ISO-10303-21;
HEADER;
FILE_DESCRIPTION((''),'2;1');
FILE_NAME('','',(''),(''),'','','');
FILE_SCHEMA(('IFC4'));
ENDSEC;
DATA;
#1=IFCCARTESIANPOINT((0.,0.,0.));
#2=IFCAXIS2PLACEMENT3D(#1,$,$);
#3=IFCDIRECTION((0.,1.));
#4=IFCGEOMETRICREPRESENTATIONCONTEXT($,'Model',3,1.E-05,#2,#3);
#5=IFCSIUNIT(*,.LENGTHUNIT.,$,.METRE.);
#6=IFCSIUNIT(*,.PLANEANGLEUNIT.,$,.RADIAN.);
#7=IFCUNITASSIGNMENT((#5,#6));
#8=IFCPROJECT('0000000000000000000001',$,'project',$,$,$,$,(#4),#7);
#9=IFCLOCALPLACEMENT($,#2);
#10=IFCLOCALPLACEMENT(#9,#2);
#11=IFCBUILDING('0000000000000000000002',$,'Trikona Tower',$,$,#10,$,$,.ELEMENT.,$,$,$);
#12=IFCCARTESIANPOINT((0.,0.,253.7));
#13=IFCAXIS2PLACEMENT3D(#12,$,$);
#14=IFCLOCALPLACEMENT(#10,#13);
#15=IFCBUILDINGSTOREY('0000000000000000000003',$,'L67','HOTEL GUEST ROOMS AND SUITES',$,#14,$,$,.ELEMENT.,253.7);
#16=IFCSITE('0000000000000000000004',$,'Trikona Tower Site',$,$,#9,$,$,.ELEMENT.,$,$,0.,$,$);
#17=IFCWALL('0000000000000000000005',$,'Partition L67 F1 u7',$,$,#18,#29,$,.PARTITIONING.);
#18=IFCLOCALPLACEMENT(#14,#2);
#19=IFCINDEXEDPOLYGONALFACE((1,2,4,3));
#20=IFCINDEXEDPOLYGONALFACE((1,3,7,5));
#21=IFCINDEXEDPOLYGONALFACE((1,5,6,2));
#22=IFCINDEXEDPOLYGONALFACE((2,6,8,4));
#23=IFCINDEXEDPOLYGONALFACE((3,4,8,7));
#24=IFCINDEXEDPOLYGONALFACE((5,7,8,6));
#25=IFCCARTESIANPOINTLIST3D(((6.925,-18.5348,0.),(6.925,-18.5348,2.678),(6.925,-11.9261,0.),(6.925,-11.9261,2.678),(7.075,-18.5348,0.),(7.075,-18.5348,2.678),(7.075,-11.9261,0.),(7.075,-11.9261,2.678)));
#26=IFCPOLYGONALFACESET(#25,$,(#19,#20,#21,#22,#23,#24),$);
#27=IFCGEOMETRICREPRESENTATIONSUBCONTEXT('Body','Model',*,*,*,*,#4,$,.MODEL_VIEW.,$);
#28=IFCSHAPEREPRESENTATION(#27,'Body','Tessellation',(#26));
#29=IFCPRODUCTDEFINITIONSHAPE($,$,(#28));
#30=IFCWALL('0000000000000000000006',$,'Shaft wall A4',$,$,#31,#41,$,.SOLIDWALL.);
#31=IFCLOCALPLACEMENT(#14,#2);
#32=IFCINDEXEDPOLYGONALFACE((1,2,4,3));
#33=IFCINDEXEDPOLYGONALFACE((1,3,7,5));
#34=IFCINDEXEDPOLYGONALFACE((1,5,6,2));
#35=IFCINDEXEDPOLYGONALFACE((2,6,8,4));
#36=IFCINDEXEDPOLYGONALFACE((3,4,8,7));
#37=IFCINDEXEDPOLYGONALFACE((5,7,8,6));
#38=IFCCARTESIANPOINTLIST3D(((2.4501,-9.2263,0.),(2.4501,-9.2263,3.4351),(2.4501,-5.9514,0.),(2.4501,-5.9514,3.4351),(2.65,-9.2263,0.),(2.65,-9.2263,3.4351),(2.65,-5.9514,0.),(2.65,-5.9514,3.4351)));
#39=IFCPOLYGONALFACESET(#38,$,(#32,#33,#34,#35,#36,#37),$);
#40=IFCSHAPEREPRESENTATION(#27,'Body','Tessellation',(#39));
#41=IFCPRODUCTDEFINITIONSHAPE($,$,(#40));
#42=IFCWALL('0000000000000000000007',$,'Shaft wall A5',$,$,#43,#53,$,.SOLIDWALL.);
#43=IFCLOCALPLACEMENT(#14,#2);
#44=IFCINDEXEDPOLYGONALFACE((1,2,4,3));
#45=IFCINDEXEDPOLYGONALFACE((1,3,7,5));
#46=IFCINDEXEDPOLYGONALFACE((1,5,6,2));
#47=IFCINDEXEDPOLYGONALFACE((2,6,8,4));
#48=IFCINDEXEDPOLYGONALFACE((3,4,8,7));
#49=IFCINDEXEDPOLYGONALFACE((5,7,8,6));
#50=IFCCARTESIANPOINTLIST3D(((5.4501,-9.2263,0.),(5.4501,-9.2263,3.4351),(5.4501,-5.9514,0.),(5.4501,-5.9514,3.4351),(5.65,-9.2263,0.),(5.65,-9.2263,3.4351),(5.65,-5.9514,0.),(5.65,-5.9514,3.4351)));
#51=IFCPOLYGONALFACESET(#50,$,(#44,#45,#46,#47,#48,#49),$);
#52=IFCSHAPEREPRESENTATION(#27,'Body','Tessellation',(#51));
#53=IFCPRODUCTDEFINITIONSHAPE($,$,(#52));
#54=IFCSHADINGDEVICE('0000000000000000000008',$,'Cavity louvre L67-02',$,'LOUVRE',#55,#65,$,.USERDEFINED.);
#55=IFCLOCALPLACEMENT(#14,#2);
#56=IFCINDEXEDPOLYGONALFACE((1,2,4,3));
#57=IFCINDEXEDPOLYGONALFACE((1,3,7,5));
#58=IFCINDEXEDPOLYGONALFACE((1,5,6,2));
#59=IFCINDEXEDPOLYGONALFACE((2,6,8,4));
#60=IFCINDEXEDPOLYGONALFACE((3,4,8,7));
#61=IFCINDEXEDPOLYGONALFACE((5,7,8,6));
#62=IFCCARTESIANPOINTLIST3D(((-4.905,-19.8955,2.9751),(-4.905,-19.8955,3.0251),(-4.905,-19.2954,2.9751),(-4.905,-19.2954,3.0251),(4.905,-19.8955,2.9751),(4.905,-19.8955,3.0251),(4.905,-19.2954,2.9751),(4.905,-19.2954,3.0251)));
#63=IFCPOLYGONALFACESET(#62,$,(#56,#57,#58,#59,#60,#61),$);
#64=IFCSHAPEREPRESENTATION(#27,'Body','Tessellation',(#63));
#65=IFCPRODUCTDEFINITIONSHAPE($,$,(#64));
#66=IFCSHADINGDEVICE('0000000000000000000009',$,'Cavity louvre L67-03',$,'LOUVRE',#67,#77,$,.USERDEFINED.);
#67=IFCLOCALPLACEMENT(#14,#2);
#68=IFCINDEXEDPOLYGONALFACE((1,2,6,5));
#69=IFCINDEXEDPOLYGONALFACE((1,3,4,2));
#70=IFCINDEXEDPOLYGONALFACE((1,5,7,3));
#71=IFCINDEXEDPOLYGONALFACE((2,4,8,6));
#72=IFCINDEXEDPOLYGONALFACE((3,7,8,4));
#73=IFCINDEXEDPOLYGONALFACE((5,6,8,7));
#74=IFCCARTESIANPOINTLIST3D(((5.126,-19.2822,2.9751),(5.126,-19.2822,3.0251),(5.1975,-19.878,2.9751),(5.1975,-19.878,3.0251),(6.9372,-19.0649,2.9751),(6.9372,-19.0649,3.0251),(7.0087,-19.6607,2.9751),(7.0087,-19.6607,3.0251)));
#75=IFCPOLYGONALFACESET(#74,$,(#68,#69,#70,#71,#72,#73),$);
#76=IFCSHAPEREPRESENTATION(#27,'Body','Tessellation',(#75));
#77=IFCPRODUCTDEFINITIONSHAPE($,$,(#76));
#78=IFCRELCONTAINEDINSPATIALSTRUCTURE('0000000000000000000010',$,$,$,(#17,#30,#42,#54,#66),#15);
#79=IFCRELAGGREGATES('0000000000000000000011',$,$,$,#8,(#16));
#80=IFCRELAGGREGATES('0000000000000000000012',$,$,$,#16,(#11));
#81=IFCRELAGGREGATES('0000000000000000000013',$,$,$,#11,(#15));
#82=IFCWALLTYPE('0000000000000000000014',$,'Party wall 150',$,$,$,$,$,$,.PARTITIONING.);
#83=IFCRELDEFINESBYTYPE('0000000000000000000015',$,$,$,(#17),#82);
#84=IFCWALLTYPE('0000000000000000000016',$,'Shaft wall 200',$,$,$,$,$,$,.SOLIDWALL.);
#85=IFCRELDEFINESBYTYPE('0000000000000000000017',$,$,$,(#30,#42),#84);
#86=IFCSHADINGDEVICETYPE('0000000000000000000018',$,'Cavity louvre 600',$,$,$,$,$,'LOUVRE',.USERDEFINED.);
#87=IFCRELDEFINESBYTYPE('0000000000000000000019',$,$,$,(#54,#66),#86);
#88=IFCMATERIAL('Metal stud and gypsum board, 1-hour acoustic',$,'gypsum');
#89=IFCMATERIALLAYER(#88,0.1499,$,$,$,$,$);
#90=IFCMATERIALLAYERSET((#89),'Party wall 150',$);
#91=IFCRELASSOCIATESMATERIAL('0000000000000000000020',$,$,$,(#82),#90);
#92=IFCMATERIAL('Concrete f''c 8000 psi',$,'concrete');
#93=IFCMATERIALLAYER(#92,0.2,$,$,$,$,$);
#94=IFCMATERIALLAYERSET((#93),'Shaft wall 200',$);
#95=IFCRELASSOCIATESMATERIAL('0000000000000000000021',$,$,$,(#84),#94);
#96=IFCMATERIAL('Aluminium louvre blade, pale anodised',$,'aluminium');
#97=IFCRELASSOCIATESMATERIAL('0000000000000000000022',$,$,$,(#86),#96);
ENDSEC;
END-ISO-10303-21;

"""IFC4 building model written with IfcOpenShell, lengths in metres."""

from ifc_helpers import new_model, si_unit, direction, frame, frame_2d, origin, origin_2d, place, context, subcontext, project, spatial, rectangle, extrude, material, layer, layer_set, type_object, element, save


model = new_model("IFC4")

# Units and contexts
model_context = context("Model", 3, precision=1e-05, world=origin(), true_north=direction((0.0, 1.0)))
body_context = subcontext(model_context, "Body", "Model", "MODEL_VIEW")
ifc_project = project(units=[si_unit("LENGTHUNIT", "METRE"), si_unit("PLANEANGLEUNIT", "RADIAN")], contexts=[model_context])

# Site, building, storey
site_placement = place(None, origin())
site = spatial("IfcSite", under=ifc_project, at=site_placement, Name="Trikona Tower Site", CompositionType="ELEMENT", RefElevation=0.0)
building_placement = place(site_placement, origin())
building = spatial("IfcBuilding", under=site, at=building_placement, Name="Trikona Tower", CompositionType="ELEMENT")
storey_placement = place(building_placement, frame((0.0, 0.0, 253.7)))
storey = spatial("IfcBuildingStorey", under=building, at=storey_placement, Name="L67", Description="HOTEL GUEST ROOMS AND SUITES", CompositionType="ELEMENT", Elevation=253.7)

# Walls
ifc_material_1 = material(Name="Metal stud and gypsum board, 1-hour acoustic", Category="gypsum")
ifc_layer_1 = layer(ifc_material_1, 0.1499)
ifc_layer_set_1 = layer_set([ifc_layer_1], Name="Party wall 150")
wall_type_1 = type_object("IfcWallType", Name="Party wall 150", PredefinedType="PARTITIONING", material=ifc_layer_set_1)
wall_1_placement = place(storey_placement, frame((7.0, -11.9263, 0.0), z_axis=(0.0, 0.0, 1.0), x_axis=(0.0, -1.0, 0.0)))
element("IfcWall", 1, at=wall_1_placement, inside=storey, type_object=wall_type_1, Name="Partition L67 F1 u7", PredefinedType="PARTITIONING", context=body_context, shape_type="SweptSolid", body=[
    extrude(rectangle(XDim=6.6086, YDim=0.1499, at=frame_2d((3.3042, 0.0))), origin(), (0.0, 0.0, 1.0), 2.678),
])
ifc_material_2 = material(Name="Concrete f'c 8000 psi", Category="concrete")
ifc_layer_2 = layer(ifc_material_2, 0.2)
ifc_layer_set_2 = layer_set([ifc_layer_2], Name="Shaft wall 200")
wall_type_2 = type_object("IfcWallType", Name="Shaft wall 200", PredefinedType="SOLIDWALL", material=ifc_layer_set_2)
for number, where, z_axis, x_axis, name in (
    (2, (2.55, -5.9514, 0.0), (0.0, 0.0, 1.0), (0.0, -1.0, 0.0), "Shaft wall A4"),
    (3, (5.55, -5.9514, 0.0), (0.0, 0.0, 1.0), (0.0, -1.0, 0.0), "Shaft wall A5"),
):
    element("IfcWall", number, at=place(storey_placement, frame(where, z_axis=z_axis, x_axis=x_axis)), inside=storey, type_object=wall_type_2, Name=name, PredefinedType="SOLIDWALL", context=body_context, shape_type="SweptSolid", body=[
        extrude(rectangle(XDim=3.2749, YDim=0.2, at=frame_2d((1.6375, 0.0))), origin(), (0.0, 0.0, 1.0), 3.4351),
    ])

# Shading devices
ifc_material_3 = material(Name="Aluminium louvre blade, pale anodised", Category="aluminium")
shading_device_type = type_object("IfcShadingDeviceType", Name="Cavity louvre 600", ElementType="LOUVRE", PredefinedType="USERDEFINED", material=ifc_material_3)
shading_device_1_placement = place(storey_placement, frame((0.0, -19.5955, 2.9751), z_axis=(0.0, 0.0, 1.0), x_axis=(1.0, 0.0, 0.0)))
element("IfcShadingDevice", 4, at=shading_device_1_placement, inside=storey, type_object=shading_device_type, Name="Cavity louvre L67-02", ObjectType="LOUVRE", PredefinedType="USERDEFINED", context=body_context, shape_type="SweptSolid", body=[
    extrude(rectangle(XDim=9.8101, YDim=0.6001, at=origin_2d()), origin(), (0.0, 0.0, 1.0), 0.05),
])
shading_device_2_placement = place(storey_placement, frame((6.0674, -19.4714, 2.9751), z_axis=(0.0, 0.0, 1.0), x_axis=(0.992877, 0.119146, 0.0)))
element("IfcShadingDevice", 5, at=shading_device_2_placement, inside=storey, type_object=shading_device_type, Name="Cavity louvre L67-03", ObjectType="LOUVRE", PredefinedType="USERDEFINED", context=body_context, shape_type="SweptSolid", body=[
    extrude(rectangle(XDim=1.8242, YDim=0.6001, at=origin_2d()), origin(), (0.0, 0.0, 1.0), 0.05),
])

save(model, "model.ifc")
